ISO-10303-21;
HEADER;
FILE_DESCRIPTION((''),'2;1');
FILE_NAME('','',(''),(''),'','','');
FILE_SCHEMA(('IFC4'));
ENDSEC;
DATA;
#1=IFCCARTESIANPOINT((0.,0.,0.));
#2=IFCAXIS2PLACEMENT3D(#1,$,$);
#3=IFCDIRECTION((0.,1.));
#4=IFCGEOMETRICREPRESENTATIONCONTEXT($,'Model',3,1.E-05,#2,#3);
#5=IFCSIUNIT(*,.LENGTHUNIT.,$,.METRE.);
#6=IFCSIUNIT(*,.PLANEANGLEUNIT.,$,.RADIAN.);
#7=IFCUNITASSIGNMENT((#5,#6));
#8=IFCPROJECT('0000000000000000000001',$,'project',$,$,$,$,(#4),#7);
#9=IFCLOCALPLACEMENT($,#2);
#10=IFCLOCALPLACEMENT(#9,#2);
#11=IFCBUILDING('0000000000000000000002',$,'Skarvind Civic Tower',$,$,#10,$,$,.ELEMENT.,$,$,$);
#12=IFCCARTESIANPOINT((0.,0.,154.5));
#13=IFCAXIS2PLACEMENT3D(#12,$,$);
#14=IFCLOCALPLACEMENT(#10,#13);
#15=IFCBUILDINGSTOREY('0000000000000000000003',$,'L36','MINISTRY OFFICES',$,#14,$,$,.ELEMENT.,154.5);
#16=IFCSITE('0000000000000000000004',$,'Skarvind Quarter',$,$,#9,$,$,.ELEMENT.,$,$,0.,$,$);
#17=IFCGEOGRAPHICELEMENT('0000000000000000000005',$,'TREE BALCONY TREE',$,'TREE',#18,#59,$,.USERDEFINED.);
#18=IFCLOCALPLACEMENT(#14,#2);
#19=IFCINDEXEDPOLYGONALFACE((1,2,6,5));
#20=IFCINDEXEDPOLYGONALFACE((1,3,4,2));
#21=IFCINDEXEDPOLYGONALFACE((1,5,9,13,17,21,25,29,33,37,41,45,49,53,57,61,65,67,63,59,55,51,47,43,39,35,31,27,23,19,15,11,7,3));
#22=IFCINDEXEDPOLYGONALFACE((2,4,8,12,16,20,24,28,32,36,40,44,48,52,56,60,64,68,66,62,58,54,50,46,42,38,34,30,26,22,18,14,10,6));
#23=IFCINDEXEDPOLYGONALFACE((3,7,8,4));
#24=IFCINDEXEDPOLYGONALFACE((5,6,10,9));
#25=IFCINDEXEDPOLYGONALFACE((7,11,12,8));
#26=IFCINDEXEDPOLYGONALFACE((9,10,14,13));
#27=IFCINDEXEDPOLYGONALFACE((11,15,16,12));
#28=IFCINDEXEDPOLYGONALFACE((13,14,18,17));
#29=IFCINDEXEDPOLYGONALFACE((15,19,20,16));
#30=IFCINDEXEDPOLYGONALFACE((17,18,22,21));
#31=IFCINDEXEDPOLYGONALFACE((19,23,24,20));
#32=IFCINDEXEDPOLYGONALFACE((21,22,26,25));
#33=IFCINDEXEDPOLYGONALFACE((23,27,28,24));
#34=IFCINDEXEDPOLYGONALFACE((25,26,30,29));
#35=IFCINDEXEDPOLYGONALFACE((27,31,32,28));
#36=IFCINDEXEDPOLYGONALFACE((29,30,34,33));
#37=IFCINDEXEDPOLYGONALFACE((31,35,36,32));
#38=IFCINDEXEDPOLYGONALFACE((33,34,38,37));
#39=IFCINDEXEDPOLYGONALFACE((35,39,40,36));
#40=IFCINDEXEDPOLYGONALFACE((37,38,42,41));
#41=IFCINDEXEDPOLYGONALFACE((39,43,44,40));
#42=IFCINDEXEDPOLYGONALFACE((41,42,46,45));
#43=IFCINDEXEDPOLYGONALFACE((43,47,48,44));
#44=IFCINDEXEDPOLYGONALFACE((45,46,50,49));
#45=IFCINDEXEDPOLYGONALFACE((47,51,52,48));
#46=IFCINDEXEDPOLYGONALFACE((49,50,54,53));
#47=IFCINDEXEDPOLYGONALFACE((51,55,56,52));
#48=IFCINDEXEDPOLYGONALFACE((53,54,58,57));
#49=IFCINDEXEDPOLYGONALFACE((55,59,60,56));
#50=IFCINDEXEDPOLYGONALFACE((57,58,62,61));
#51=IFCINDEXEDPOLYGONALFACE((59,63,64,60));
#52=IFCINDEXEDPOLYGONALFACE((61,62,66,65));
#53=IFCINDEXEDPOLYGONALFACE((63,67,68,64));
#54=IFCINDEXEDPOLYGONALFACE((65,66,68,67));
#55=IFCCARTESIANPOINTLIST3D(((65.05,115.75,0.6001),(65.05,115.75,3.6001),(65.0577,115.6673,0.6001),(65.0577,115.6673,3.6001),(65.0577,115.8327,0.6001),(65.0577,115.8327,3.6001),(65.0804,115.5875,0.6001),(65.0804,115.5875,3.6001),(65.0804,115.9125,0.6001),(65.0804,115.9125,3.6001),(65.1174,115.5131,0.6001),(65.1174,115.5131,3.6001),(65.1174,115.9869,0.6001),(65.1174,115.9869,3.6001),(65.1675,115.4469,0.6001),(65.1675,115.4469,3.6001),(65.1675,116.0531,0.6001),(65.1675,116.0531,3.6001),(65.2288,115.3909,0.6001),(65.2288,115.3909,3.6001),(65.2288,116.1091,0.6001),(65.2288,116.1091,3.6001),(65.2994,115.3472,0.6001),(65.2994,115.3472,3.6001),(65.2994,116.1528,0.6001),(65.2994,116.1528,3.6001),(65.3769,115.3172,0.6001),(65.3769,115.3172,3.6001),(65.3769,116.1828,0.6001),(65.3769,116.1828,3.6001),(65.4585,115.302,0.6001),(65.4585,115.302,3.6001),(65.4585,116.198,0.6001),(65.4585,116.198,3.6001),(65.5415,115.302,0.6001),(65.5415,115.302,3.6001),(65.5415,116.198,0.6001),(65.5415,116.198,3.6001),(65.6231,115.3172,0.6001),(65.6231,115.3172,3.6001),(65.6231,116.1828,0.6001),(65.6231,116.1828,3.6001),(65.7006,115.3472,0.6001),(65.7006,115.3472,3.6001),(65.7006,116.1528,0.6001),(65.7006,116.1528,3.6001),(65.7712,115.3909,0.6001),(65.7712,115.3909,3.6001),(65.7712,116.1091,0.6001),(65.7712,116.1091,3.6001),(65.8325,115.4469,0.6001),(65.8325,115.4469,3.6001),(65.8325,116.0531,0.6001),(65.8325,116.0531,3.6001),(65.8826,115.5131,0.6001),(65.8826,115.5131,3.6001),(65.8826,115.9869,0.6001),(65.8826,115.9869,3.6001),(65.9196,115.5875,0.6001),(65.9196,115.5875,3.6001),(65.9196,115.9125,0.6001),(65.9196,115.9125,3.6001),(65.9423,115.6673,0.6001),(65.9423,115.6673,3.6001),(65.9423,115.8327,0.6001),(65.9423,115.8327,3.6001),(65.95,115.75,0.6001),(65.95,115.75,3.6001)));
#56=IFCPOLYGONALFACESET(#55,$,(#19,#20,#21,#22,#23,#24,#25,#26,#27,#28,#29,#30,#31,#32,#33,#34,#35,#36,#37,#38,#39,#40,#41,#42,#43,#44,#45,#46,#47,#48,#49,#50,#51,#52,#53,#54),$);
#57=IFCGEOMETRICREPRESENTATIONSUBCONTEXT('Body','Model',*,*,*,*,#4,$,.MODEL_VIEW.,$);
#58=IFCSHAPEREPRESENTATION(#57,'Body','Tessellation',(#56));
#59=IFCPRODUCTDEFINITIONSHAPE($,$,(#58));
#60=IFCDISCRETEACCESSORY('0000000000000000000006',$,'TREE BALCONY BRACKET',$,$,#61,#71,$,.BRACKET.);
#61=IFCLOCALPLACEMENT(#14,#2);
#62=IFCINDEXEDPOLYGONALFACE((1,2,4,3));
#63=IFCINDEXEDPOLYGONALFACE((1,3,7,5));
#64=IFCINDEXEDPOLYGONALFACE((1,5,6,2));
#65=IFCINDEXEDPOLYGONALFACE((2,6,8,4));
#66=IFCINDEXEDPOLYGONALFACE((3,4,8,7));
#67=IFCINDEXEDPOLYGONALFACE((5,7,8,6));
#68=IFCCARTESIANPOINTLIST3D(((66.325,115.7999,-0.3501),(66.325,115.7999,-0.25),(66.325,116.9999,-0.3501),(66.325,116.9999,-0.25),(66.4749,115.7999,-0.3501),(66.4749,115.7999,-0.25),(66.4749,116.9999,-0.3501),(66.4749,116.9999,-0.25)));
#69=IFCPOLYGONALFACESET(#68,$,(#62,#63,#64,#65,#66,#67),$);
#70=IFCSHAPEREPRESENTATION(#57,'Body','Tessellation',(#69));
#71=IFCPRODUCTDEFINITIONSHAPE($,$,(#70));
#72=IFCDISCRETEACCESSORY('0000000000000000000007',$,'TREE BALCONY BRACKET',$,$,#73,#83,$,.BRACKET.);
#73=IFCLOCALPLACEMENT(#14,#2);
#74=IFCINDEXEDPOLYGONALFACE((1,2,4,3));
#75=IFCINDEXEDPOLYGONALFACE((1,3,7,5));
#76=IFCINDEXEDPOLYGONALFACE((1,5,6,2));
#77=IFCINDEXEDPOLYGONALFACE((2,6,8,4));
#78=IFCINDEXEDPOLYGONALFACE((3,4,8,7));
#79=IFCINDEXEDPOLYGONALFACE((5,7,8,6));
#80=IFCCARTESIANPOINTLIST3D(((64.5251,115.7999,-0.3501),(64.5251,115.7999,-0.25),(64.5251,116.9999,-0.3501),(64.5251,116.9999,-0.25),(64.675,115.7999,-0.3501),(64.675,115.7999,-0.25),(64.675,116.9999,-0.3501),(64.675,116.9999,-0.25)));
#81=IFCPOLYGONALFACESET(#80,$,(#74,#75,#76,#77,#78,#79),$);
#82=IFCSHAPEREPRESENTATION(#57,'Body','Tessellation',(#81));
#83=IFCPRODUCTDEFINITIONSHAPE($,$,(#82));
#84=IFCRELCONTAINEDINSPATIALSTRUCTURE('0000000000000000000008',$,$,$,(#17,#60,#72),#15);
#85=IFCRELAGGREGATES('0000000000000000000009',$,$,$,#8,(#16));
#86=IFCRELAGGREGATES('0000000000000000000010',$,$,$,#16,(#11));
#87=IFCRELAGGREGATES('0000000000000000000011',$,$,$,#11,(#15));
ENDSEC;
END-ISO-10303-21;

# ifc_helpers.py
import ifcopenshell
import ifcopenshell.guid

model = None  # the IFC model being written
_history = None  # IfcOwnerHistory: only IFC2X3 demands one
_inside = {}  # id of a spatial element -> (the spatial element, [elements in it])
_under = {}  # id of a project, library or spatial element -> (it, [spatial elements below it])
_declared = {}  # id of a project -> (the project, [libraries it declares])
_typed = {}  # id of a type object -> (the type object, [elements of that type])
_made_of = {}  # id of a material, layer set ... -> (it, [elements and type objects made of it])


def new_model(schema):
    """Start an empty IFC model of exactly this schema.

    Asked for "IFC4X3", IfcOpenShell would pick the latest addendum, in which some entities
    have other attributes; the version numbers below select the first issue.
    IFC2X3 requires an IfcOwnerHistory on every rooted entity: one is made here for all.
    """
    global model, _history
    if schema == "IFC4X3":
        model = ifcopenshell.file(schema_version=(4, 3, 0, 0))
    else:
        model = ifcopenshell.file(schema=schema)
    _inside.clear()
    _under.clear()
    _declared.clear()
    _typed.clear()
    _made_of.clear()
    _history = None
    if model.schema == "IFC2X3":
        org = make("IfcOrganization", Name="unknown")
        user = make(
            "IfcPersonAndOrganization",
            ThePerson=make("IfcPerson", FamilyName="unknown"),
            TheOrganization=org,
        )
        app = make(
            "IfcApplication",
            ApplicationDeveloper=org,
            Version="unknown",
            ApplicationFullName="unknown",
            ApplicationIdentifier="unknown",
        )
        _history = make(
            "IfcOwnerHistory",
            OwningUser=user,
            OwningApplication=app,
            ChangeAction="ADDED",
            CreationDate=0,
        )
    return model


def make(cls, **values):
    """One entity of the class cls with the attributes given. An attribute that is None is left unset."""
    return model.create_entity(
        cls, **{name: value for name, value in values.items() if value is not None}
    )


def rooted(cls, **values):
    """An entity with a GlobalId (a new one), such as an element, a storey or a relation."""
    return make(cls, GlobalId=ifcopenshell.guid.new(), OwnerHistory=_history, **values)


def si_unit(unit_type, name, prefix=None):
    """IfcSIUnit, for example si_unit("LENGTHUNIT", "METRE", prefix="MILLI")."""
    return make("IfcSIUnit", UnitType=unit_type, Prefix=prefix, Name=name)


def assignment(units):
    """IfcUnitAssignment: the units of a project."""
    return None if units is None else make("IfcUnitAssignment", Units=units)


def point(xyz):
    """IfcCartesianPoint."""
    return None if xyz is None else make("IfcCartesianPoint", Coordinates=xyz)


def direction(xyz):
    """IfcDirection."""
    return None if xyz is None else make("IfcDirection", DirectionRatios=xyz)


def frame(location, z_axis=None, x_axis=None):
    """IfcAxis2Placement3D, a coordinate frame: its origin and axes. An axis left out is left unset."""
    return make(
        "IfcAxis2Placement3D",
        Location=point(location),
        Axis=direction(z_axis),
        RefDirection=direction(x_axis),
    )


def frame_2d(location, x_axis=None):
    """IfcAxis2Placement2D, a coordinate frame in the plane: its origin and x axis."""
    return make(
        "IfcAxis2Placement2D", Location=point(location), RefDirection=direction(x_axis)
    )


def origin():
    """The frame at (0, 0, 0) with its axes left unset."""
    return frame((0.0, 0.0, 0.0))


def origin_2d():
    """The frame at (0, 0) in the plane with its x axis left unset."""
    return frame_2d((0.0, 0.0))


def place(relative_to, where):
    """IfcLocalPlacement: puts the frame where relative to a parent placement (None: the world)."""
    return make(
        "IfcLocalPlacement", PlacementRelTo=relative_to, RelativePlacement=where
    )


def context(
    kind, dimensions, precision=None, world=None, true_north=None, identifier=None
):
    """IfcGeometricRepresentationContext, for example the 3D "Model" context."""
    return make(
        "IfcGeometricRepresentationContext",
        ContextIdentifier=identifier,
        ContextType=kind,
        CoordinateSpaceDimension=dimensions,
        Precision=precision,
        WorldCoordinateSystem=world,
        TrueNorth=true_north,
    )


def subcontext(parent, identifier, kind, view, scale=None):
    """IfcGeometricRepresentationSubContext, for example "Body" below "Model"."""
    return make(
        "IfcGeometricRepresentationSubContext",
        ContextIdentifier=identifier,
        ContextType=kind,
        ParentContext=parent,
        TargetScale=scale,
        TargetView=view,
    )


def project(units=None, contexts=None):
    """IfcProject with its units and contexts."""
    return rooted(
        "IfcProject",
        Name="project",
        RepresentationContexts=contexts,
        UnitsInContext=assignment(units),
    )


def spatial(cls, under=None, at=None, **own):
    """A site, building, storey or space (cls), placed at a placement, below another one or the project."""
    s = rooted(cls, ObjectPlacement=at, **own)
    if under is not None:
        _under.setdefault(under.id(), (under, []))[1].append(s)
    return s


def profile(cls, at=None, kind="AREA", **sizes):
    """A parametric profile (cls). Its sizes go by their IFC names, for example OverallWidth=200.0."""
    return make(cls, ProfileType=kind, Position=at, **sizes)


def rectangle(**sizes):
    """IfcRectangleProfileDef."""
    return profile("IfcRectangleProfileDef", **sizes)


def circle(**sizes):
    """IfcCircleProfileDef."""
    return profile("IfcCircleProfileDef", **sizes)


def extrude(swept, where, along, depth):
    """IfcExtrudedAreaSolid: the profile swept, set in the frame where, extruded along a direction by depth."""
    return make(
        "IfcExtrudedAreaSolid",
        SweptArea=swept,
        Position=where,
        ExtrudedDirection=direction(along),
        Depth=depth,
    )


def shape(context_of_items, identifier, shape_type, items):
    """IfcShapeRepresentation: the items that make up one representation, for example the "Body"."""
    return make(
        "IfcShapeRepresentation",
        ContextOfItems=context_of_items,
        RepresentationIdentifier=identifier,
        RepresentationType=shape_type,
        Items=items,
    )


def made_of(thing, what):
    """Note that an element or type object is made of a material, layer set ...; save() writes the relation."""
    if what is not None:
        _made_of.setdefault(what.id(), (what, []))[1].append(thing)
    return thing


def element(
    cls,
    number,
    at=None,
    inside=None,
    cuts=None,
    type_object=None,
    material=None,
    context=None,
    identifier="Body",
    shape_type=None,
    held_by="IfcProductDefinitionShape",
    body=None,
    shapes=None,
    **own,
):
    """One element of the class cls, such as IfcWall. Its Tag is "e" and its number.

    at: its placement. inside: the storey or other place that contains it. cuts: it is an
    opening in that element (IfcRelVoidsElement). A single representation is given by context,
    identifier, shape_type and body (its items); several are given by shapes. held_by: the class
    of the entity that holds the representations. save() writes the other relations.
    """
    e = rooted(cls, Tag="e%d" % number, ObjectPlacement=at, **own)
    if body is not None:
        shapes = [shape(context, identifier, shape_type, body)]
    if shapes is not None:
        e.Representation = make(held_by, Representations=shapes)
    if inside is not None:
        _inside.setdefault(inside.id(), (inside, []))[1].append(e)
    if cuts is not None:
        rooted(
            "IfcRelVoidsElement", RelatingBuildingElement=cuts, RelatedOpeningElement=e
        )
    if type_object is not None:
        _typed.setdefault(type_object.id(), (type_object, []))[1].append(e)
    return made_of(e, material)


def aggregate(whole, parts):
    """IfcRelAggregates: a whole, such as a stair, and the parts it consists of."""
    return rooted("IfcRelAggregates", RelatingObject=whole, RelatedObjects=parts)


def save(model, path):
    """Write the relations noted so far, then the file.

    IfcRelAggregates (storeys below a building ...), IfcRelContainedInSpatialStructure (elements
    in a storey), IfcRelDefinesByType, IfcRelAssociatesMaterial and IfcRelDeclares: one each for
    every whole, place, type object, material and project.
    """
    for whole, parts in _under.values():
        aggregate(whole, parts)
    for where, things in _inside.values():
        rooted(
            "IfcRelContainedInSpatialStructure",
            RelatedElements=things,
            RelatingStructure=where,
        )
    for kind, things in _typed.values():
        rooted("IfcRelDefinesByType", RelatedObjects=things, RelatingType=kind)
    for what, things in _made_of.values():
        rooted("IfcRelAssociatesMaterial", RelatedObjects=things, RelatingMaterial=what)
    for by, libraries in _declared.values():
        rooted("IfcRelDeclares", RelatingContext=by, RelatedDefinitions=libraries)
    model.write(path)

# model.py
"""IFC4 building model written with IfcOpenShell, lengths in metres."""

from ifc_helpers import new_model, si_unit, direction, frame, origin, origin_2d, place, context, subcontext, project, spatial, rectangle, circle, extrude, element, save


model = new_model("IFC4")

# Units and contexts
model_context = context("Model", 3, precision=1e-05, world=origin(), true_north=direction((0.0, 1.0)))
body_context = subcontext(model_context, "Body", "Model", "MODEL_VIEW")
ifc_project = project(units=[si_unit("LENGTHUNIT", "METRE"), si_unit("PLANEANGLEUNIT", "RADIAN")], contexts=[model_context])

# Site, building, storey
site_placement = place(None, origin())
site = spatial("IfcSite", under=ifc_project, at=site_placement, Name="Skarvind Quarter", CompositionType="ELEMENT", RefElevation=0.0)
building_placement = place(site_placement, origin())
building = spatial("IfcBuilding", under=site, at=building_placement, Name="Skarvind Civic Tower", CompositionType="ELEMENT")
storey_placement = place(building_placement, frame((0.0, 0.0, 154.5)))
storey = spatial("IfcBuildingStorey", under=building, at=storey_placement, Name="L36", Description="MINISTRY OFFICES", CompositionType="ELEMENT", Elevation=154.5)

# Geographic element
geographic_element_1_placement = place(storey_placement, frame((65.5, 115.75, 0.6001), z_axis=(0.0, 0.0, 1.0), x_axis=(1.0, 0.0, 0.0)))
element("IfcGeographicElement", 1, at=geographic_element_1_placement, inside=storey, Name="TREE BALCONY TREE", ObjectType="TREE", PredefinedType="USERDEFINED", context=body_context, shape_type="SweptSolid", body=[
    extrude(circle(Radius=0.45, at=origin_2d()), origin(), (0.0, 0.0, 1.0), 3.0),
])

# Discrete accessories
for number, where, z_axis, x_axis, name in (
    (2, (66.3999, 116.3999, -0.3501), (0.0, 0.0, 1.0), (-1.0, 0.0, 0.0), "TREE BALCONY BRACKET"),
    (3, (64.6001, 116.3999, -0.3501), (0.0, 0.0, 1.0), (-1.0, 0.0, 0.0), "TREE BALCONY BRACKET"),
):
    element("IfcDiscreteAccessory", number, at=place(storey_placement, frame(where, z_axis=z_axis, x_axis=x_axis)), inside=storey, Name=name, PredefinedType="BRACKET", context=body_context, shape_type="SweptSolid", body=[
        extrude(rectangle(XDim=0.1499, YDim=1.2, at=origin_2d()), origin(), (0.0, 0.0, 1.0), 0.1001),
    ])

save(model, "model.ifc")
